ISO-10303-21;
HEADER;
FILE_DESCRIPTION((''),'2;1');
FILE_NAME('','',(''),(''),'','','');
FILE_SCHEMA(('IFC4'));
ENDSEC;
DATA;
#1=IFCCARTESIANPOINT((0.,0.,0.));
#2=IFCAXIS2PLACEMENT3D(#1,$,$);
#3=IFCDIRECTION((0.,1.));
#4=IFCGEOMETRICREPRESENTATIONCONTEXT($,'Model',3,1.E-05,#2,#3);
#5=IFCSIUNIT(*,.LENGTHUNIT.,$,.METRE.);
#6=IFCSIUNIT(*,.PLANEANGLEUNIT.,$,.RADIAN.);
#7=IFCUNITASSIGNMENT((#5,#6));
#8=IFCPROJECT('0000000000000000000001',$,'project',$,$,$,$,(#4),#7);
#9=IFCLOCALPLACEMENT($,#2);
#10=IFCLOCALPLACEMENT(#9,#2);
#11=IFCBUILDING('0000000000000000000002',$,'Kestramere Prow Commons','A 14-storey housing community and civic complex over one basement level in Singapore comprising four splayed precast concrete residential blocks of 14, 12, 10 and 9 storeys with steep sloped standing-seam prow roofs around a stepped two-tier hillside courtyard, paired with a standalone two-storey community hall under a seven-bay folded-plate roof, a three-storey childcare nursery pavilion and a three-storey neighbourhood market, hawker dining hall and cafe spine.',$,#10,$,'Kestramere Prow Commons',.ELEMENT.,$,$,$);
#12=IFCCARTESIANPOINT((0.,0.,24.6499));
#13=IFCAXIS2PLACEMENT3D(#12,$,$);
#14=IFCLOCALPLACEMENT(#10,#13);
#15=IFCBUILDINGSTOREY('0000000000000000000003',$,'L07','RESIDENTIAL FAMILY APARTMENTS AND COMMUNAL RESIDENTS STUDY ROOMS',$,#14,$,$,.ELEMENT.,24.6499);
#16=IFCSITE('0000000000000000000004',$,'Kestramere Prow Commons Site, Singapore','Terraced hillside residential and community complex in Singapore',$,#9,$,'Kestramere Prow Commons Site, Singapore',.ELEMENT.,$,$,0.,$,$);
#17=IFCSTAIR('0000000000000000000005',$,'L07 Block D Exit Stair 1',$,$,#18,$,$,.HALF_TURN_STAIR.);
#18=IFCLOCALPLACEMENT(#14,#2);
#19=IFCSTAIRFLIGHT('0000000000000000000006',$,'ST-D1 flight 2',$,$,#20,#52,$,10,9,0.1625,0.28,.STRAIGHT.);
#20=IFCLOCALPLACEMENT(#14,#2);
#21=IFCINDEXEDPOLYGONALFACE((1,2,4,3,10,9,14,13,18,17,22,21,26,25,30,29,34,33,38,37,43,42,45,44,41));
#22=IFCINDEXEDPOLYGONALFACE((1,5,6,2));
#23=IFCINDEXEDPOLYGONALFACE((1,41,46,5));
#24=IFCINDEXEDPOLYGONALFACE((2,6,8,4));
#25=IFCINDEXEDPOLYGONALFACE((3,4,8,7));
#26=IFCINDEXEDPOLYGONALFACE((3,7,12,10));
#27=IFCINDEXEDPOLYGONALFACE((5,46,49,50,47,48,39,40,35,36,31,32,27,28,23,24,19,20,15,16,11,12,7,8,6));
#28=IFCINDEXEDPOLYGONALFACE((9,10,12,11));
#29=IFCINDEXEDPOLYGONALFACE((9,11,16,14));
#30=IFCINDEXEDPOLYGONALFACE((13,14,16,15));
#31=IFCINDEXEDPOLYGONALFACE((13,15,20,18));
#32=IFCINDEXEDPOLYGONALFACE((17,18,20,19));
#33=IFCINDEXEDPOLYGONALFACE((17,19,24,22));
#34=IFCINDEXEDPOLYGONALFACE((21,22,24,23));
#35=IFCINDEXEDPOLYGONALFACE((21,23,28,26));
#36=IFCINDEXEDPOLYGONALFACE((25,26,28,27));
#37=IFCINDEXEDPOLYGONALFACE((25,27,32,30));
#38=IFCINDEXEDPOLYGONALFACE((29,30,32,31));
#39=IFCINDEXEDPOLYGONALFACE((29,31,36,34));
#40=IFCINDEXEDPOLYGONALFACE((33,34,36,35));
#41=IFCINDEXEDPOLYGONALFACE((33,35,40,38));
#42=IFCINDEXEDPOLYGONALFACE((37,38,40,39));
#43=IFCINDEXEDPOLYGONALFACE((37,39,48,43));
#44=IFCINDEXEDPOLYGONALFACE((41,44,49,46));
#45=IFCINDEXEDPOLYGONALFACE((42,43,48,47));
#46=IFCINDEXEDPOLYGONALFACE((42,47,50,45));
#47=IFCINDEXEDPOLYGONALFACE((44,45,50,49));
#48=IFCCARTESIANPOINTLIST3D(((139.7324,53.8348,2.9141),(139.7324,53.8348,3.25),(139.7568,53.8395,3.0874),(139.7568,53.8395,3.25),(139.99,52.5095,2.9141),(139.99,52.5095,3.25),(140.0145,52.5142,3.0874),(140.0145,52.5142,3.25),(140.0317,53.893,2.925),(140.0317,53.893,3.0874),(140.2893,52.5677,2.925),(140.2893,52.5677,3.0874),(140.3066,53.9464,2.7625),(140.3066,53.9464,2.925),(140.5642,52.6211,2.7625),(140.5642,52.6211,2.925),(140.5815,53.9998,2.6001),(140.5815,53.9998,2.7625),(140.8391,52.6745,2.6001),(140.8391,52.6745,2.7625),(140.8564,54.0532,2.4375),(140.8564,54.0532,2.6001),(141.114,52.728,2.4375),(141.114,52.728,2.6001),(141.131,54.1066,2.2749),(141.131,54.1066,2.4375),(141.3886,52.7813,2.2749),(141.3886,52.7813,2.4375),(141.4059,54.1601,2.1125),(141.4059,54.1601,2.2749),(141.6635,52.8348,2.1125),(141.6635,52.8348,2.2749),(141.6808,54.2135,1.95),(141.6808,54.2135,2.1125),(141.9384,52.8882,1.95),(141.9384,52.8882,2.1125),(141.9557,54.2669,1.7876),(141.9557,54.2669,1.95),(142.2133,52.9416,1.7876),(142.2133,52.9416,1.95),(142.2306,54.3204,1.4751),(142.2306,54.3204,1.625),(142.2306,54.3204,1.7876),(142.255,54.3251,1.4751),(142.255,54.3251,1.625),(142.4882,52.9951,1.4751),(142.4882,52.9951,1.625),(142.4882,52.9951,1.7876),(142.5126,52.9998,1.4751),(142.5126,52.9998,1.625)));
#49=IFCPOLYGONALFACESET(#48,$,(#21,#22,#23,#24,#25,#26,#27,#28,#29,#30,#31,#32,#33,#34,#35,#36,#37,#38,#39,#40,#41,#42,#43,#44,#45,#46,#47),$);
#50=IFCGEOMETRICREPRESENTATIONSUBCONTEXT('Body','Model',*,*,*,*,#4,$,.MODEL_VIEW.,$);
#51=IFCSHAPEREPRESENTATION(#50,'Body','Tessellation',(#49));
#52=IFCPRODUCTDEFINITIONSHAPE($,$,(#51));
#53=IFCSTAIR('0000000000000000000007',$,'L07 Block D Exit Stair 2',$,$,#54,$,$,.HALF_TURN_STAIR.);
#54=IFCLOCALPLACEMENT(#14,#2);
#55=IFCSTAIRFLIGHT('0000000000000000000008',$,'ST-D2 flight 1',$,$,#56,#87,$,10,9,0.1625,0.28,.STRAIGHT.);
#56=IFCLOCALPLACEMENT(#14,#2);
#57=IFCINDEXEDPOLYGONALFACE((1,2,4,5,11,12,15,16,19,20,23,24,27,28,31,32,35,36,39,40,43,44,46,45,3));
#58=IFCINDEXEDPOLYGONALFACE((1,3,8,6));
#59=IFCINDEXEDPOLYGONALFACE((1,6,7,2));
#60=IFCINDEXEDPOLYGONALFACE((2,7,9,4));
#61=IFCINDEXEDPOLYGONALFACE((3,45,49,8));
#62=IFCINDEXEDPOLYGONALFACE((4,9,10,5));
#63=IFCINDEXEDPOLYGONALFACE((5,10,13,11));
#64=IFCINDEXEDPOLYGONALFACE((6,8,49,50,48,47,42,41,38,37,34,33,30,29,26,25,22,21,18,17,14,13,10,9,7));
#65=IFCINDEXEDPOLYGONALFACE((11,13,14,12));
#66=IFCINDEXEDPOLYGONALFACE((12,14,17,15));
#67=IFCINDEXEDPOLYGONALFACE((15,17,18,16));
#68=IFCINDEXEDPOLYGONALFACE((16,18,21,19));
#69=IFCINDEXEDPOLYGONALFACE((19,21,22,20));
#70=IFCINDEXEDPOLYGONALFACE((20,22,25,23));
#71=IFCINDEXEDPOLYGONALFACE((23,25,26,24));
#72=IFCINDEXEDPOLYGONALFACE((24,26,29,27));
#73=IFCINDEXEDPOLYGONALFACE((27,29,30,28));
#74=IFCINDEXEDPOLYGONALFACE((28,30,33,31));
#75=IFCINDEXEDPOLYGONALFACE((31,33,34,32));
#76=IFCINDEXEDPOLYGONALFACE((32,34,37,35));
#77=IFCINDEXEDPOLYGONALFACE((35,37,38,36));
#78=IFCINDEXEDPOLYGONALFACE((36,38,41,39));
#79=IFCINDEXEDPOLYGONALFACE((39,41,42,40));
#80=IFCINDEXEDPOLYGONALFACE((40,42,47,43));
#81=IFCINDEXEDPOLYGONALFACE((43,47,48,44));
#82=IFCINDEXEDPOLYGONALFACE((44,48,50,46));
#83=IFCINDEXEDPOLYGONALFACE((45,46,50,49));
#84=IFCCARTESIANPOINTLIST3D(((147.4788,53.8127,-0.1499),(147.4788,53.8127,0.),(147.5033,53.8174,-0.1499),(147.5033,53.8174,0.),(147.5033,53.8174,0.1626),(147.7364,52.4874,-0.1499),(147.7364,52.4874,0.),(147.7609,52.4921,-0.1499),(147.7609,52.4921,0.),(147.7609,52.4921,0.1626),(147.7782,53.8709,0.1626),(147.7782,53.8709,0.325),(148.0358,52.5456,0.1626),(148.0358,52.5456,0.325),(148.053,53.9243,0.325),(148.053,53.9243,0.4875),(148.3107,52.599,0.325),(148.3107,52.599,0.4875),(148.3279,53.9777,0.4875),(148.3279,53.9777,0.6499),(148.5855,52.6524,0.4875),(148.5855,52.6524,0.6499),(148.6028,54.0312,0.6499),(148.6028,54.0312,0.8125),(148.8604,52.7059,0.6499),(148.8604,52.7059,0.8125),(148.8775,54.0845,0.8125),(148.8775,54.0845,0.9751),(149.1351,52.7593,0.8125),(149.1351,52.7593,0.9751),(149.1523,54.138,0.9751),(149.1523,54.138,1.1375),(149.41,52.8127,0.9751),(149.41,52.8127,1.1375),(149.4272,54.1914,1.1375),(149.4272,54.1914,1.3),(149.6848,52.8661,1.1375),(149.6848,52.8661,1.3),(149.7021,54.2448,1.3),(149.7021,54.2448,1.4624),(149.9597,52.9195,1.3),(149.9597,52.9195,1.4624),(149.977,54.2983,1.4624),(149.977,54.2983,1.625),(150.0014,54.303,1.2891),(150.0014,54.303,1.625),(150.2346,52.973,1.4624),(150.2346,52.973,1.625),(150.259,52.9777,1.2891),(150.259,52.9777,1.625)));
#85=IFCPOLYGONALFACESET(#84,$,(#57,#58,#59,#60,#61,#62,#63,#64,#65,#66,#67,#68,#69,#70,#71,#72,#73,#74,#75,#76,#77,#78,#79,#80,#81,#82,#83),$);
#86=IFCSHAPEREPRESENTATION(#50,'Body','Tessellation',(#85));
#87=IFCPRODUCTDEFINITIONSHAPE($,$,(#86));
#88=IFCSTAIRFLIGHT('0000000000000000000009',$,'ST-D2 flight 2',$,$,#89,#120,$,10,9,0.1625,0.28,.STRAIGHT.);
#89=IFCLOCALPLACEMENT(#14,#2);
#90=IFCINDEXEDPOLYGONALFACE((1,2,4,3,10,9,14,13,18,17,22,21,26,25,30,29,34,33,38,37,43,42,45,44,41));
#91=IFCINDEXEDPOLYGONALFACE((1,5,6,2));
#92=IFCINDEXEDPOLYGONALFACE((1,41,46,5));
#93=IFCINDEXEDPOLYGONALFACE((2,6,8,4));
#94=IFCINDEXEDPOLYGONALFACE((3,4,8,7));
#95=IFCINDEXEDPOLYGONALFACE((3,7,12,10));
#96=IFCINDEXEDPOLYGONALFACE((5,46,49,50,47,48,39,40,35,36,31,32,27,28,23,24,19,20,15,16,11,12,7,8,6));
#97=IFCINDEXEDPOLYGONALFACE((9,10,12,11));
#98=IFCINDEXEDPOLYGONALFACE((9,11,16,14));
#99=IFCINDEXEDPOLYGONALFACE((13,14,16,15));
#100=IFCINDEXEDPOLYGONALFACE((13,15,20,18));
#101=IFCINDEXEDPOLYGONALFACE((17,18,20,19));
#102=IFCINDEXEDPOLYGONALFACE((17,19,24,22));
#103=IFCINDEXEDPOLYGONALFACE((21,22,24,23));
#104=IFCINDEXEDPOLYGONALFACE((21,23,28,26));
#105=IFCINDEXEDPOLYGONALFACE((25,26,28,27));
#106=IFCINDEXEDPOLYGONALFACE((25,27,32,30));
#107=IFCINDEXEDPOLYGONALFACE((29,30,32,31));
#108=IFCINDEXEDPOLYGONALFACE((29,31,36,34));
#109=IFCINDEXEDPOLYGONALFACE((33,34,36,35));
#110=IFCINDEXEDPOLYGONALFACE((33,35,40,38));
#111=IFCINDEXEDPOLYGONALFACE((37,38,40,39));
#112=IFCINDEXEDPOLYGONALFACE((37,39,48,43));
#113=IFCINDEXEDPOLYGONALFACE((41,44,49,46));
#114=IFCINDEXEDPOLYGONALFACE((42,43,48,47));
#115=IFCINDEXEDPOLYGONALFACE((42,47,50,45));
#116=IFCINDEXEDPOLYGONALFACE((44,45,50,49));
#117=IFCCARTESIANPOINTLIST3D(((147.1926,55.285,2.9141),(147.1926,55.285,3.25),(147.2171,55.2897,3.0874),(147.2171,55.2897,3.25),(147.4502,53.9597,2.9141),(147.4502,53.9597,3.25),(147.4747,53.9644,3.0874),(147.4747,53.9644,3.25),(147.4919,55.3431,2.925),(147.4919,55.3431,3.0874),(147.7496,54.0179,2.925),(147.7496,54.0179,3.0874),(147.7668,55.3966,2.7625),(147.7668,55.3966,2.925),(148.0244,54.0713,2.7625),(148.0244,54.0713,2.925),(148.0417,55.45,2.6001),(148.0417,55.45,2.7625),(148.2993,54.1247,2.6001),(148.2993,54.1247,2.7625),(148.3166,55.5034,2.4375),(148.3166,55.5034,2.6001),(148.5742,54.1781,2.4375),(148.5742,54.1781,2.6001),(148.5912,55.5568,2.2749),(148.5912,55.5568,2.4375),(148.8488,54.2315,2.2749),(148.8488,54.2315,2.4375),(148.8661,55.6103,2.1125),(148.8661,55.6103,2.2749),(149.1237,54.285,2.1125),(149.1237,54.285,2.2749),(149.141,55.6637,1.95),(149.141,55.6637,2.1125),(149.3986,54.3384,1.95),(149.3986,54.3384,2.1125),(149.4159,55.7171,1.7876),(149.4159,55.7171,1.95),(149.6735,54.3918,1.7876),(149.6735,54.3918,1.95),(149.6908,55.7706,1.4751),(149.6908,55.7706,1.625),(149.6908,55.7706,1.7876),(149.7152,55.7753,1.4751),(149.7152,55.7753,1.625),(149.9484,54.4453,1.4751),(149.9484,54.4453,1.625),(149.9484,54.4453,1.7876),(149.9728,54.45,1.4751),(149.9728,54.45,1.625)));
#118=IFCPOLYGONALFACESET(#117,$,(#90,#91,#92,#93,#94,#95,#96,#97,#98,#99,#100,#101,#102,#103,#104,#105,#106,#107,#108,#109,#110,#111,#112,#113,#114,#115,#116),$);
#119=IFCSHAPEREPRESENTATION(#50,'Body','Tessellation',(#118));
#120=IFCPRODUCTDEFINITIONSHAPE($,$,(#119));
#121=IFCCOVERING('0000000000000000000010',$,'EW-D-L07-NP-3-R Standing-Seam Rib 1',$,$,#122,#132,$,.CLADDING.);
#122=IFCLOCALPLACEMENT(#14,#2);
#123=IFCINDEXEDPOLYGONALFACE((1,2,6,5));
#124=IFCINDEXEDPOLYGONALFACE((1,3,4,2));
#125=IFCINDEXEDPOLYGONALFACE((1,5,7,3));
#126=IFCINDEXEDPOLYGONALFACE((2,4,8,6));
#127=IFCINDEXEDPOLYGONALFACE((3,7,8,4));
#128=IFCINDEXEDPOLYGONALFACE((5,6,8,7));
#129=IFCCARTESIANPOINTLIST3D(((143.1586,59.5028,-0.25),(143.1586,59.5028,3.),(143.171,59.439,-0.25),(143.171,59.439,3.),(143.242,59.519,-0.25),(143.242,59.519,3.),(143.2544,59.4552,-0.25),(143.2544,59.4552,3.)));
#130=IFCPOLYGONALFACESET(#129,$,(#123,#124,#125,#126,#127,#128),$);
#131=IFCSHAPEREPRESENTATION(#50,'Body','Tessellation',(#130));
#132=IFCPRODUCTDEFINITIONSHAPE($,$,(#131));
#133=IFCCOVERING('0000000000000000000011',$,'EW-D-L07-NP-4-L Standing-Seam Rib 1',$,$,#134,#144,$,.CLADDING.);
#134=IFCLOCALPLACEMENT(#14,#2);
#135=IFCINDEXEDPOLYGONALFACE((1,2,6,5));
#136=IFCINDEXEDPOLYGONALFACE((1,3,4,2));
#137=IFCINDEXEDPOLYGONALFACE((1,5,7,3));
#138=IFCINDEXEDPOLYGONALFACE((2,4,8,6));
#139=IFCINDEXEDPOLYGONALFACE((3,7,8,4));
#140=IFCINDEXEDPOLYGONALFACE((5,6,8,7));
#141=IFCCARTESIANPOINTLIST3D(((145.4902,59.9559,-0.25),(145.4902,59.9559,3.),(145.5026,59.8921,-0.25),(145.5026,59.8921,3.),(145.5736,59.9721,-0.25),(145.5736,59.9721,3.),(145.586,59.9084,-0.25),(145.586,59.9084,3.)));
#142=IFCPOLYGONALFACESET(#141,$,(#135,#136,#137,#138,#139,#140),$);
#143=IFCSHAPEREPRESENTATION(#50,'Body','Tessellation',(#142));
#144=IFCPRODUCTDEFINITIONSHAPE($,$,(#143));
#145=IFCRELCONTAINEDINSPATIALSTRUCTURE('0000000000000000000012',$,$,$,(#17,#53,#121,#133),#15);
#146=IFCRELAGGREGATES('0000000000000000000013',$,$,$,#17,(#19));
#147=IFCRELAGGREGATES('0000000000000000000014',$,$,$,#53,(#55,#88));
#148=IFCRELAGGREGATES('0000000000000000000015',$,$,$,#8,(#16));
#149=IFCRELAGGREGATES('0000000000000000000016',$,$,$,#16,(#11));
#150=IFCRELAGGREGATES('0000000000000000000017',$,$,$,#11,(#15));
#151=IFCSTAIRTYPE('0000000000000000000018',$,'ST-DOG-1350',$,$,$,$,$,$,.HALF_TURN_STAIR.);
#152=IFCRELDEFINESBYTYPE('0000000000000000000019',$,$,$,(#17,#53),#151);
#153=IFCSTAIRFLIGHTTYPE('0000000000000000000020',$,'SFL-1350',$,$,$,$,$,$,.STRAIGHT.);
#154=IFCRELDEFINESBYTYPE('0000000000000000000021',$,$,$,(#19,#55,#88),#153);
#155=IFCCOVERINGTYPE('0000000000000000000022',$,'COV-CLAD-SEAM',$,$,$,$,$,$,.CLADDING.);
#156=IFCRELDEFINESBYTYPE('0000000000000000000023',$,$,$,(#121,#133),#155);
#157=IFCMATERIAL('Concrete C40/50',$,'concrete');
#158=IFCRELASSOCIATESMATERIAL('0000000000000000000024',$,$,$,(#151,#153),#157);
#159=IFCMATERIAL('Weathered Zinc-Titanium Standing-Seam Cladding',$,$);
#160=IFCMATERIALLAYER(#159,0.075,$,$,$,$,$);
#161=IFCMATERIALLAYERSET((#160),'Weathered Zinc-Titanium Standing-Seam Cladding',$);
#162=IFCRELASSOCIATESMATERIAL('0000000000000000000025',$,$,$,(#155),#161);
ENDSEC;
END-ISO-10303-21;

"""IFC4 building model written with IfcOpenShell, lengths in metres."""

from ifc_helpers import new_model, si_unit, direction, frame, origin, origin_2d, place, context, subcontext, project, spatial, polyline, rectangle, outline, extrude, material, layer, layer_set, type_object, element, aggregate, save


model = new_model("IFC4")

# Units and contexts
model_context = context("Model", 3, precision=1e-05, world=origin(), true_north=direction((0.0, 1.0)))
body_context = subcontext(model_context, "Body", "Model", "MODEL_VIEW")
ifc_project = project(units=[si_unit("LENGTHUNIT", "METRE"), si_unit("PLANEANGLEUNIT", "RADIAN")], contexts=[model_context])

# Site, building, storey
site_placement = place(None, origin())
site = spatial("IfcSite", under=ifc_project, at=site_placement, Name="Kestramere Prow Commons Site, Singapore", Description="Terraced hillside residential and community complex in Singapore", LongName="Kestramere Prow Commons Site, Singapore", CompositionType="ELEMENT", RefElevation=0.0)
building_placement = place(site_placement, origin())
building = spatial("IfcBuilding", under=site, at=building_placement, Name="Kestramere Prow Commons", Description="A 14-storey housing community and civic complex over one basement level in Singapore comprising four splayed precast concrete residential blocks of 14, 12, 10 and 9 storeys with steep sloped standing-seam prow roofs around a stepped two-tier hillside courtyard, paired with a standalone two-storey community hall under a seven-bay folded-plate roof, a three-storey childcare nursery pavilion and a three-storey neighbourhood market, hawker dining hall and cafe spine.", LongName="Kestramere Prow Commons", CompositionType="ELEMENT")
storey_placement = place(building_placement, frame((0.0, 0.0, 24.6499)))
storey = spatial("IfcBuildingStorey", under=building, at=storey_placement, Name="L07", Description="RESIDENTIAL FAMILY APARTMENTS AND COMMUNAL RESIDENTS STUDY ROOMS", CompositionType="ELEMENT", Elevation=24.6499)

# Shared definitions
ifc_material_1 = material(Name="Concrete C40/50", Category="concrete")

# Stair, stair flight
stair_type = type_object("IfcStairType", Name="ST-DOG-1350", PredefinedType="HALF_TURN_STAIR", material=ifc_material_1)
stair_1_placement = place(storey_placement, origin())
stair_1 = element("IfcStair", 1, at=stair_1_placement, inside=storey, type_object=stair_type, Name="L07 Block D Exit Stair 1", PredefinedType="HALF_TURN_STAIR")
stair_flight_type = type_object("IfcStairFlightType", Name="SFL-1350", PredefinedType="STRAIGHT", material=ifc_material_1)
stair_flight_1_placement = place(storey_placement, frame((142.3594, 53.6577, 1.625), z_axis=(0.0, 0.0, 1.0), x_axis=(-0.981627, -0.190809, 0.0)))
stair_flight_1 = element("IfcStairFlight", 2, at=stair_flight_1_placement, type_object=stair_flight_type, Name="ST-D1 flight 2", NumberOfRisers=10, NumberOfTreads=9, PredefinedType="STRAIGHT", RiserHeight=0.1625, TreadLength=0.28, context=body_context, shape_type="SweptSolid", body=[
    extrude(outline(polyline([(-0.0249, 0.0), (0.0, 0.0), (0.0, 0.1626), (0.28, 0.1626), (0.28, 0.325), (0.5601, 0.325), (0.5601, 0.4875), (0.8401, 0.4875), (0.8401, 0.6499), (1.1201, 0.6499), (1.1201, 0.8125), (1.3999, 0.8125), (1.3999, 0.9751), (1.6799, 0.9751), (1.6799, 1.1375), (1.96, 1.1375), (1.96, 1.3), (2.24, 1.3), (2.24, 1.4624), (2.52, 1.4624), (2.52, 1.625), (2.5449, 1.625), (2.5449, 1.2891), (0.0, -0.1499), (-0.0249, -0.1499), (-0.0249, 0.0)])), frame((0.0, 0.675, 0.0), z_axis=(0.0, -1.0, 0.0), x_axis=(1.0, 0.0, 0.0)), (0.0, 0.0, 1.0), 1.3501),
])
aggregate(stair_1, [stair_flight_1])

# Stair, stair flights
stair_2_placement = place(storey_placement, origin())
stair_2 = element("IfcStair", 3, at=stair_2_placement, inside=storey, type_object=stair_type, Name="L07 Block D Exit Stair 2", PredefinedType="HALF_TURN_STAIR")
stair_flight_2_placement = place(storey_placement, frame((147.6321, 53.1548, 0.0), z_axis=(0.0, 0.0, 1.0), x_axis=(0.981627, 0.190809, 0.0)))
stair_flight_2 = element("IfcStairFlight", 4, at=stair_flight_2_placement, type_object=stair_flight_type, Name="ST-D2 flight 1", NumberOfRisers=10, NumberOfTreads=9, PredefinedType="STRAIGHT", RiserHeight=0.1625, TreadLength=0.28, context=body_context, shape_type="SweptSolid", body=[
    extrude(outline(polyline([(-0.0249, 0.0), (0.0, 0.0), (0.0, 0.1626), (0.28, 0.1626), (0.28, 0.325), (0.5601, 0.325), (0.5601, 0.4875), (0.8401, 0.4875), (0.8401, 0.6499), (1.1201, 0.6499), (1.1201, 0.8125), (1.3999, 0.8125), (1.3999, 0.9751), (1.6799, 0.9751), (1.6799, 1.1375), (1.96, 1.1375), (1.96, 1.3), (2.24, 1.3), (2.24, 1.4624), (2.52, 1.4624), (2.52, 1.625), (2.5449, 1.625), (2.5449, 1.2891), (0.0, -0.1499), (-0.0249, -0.1499), (-0.0249, 0.0)])), frame((0.0, 0.675, 0.0), z_axis=(0.0, -1.0, 0.0), x_axis=(1.0, 0.0, 0.0)), (0.0, 0.0, 1.0), 1.3501),
])
stair_flight_3_placement = place(storey_placement, frame((149.8196, 55.1079, 1.625), z_axis=(0.0, 0.0, 1.0), x_axis=(-0.981627, -0.190809, 0.0)))
stair_flight_3 = element("IfcStairFlight", 5, at=stair_flight_3_placement, type_object=stair_flight_type, Name="ST-D2 flight 2", NumberOfRisers=10, NumberOfTreads=9, PredefinedType="STRAIGHT", RiserHeight=0.1625, TreadLength=0.28, context=body_context, shape_type="SweptSolid", body=[
    extrude(outline(polyline([(-0.0249, 0.0), (0.0, 0.0), (0.0, 0.1626), (0.28, 0.1626), (0.28, 0.325), (0.5601, 0.325), (0.5601, 0.4875), (0.8401, 0.4875), (0.8401, 0.6499), (1.1201, 0.6499), (1.1201, 0.8125), (1.3999, 0.8125), (1.3999, 0.9751), (1.6799, 0.9751), (1.6799, 1.1375), (1.96, 1.1375), (1.96, 1.3), (2.24, 1.3), (2.24, 1.4624), (2.52, 1.4624), (2.52, 1.625), (2.5449, 1.625), (2.5449, 1.2891), (0.0, -0.1499), (-0.0249, -0.1499), (-0.0249, 0.0)])), frame((0.0, 0.675, 0.0), z_axis=(0.0, -1.0, 0.0), x_axis=(1.0, 0.0, 0.0)), (0.0, 0.0, 1.0), 1.3501),
])
aggregate(stair_2, [stair_flight_2, stair_flight_3])

# Coverings
ifc_material_2 = material(Name="Weathered Zinc-Titanium Standing-Seam Cladding")
ifc_layer_1 = layer(ifc_material_2, 0.075)
ifc_layer_set_1 = layer_set([ifc_layer_1], Name="Weathered Zinc-Titanium Standing-Seam Cladding")
covering_type = type_object("IfcCoveringType", Name="COV-CLAD-SEAM", PredefinedType="CLADDING", material=ifc_layer_set_1)
for number, where, z_axis, x_axis, name in (
    (6, (143.2065, 59.479, -0.25), (0.0, 0.0, 1.0), (0.981627, 0.190809, 0.0), "EW-D-L07-NP-3-R Standing-Seam Rib 1"),
    (7, (145.5381, 59.9321, -0.25), (0.0, 0.0, 1.0), (0.981627, 0.190809, 0.0), "EW-D-L07-NP-4-L Standing-Seam Rib 1"),
):
    element("IfcCovering", number, at=place(storey_placement, frame(where, z_axis=z_axis, x_axis=x_axis)), inside=storey, type_object=covering_type, Name=name, PredefinedType="CLADDING", context=body_context, shape_type="SweptSolid", body=[
        extrude(rectangle(XDim=0.085, YDim=0.0649, at=origin_2d()), origin(), (0.0, 0.0, 1.0), 3.25),
    ])

save(model, "model.ifc")
